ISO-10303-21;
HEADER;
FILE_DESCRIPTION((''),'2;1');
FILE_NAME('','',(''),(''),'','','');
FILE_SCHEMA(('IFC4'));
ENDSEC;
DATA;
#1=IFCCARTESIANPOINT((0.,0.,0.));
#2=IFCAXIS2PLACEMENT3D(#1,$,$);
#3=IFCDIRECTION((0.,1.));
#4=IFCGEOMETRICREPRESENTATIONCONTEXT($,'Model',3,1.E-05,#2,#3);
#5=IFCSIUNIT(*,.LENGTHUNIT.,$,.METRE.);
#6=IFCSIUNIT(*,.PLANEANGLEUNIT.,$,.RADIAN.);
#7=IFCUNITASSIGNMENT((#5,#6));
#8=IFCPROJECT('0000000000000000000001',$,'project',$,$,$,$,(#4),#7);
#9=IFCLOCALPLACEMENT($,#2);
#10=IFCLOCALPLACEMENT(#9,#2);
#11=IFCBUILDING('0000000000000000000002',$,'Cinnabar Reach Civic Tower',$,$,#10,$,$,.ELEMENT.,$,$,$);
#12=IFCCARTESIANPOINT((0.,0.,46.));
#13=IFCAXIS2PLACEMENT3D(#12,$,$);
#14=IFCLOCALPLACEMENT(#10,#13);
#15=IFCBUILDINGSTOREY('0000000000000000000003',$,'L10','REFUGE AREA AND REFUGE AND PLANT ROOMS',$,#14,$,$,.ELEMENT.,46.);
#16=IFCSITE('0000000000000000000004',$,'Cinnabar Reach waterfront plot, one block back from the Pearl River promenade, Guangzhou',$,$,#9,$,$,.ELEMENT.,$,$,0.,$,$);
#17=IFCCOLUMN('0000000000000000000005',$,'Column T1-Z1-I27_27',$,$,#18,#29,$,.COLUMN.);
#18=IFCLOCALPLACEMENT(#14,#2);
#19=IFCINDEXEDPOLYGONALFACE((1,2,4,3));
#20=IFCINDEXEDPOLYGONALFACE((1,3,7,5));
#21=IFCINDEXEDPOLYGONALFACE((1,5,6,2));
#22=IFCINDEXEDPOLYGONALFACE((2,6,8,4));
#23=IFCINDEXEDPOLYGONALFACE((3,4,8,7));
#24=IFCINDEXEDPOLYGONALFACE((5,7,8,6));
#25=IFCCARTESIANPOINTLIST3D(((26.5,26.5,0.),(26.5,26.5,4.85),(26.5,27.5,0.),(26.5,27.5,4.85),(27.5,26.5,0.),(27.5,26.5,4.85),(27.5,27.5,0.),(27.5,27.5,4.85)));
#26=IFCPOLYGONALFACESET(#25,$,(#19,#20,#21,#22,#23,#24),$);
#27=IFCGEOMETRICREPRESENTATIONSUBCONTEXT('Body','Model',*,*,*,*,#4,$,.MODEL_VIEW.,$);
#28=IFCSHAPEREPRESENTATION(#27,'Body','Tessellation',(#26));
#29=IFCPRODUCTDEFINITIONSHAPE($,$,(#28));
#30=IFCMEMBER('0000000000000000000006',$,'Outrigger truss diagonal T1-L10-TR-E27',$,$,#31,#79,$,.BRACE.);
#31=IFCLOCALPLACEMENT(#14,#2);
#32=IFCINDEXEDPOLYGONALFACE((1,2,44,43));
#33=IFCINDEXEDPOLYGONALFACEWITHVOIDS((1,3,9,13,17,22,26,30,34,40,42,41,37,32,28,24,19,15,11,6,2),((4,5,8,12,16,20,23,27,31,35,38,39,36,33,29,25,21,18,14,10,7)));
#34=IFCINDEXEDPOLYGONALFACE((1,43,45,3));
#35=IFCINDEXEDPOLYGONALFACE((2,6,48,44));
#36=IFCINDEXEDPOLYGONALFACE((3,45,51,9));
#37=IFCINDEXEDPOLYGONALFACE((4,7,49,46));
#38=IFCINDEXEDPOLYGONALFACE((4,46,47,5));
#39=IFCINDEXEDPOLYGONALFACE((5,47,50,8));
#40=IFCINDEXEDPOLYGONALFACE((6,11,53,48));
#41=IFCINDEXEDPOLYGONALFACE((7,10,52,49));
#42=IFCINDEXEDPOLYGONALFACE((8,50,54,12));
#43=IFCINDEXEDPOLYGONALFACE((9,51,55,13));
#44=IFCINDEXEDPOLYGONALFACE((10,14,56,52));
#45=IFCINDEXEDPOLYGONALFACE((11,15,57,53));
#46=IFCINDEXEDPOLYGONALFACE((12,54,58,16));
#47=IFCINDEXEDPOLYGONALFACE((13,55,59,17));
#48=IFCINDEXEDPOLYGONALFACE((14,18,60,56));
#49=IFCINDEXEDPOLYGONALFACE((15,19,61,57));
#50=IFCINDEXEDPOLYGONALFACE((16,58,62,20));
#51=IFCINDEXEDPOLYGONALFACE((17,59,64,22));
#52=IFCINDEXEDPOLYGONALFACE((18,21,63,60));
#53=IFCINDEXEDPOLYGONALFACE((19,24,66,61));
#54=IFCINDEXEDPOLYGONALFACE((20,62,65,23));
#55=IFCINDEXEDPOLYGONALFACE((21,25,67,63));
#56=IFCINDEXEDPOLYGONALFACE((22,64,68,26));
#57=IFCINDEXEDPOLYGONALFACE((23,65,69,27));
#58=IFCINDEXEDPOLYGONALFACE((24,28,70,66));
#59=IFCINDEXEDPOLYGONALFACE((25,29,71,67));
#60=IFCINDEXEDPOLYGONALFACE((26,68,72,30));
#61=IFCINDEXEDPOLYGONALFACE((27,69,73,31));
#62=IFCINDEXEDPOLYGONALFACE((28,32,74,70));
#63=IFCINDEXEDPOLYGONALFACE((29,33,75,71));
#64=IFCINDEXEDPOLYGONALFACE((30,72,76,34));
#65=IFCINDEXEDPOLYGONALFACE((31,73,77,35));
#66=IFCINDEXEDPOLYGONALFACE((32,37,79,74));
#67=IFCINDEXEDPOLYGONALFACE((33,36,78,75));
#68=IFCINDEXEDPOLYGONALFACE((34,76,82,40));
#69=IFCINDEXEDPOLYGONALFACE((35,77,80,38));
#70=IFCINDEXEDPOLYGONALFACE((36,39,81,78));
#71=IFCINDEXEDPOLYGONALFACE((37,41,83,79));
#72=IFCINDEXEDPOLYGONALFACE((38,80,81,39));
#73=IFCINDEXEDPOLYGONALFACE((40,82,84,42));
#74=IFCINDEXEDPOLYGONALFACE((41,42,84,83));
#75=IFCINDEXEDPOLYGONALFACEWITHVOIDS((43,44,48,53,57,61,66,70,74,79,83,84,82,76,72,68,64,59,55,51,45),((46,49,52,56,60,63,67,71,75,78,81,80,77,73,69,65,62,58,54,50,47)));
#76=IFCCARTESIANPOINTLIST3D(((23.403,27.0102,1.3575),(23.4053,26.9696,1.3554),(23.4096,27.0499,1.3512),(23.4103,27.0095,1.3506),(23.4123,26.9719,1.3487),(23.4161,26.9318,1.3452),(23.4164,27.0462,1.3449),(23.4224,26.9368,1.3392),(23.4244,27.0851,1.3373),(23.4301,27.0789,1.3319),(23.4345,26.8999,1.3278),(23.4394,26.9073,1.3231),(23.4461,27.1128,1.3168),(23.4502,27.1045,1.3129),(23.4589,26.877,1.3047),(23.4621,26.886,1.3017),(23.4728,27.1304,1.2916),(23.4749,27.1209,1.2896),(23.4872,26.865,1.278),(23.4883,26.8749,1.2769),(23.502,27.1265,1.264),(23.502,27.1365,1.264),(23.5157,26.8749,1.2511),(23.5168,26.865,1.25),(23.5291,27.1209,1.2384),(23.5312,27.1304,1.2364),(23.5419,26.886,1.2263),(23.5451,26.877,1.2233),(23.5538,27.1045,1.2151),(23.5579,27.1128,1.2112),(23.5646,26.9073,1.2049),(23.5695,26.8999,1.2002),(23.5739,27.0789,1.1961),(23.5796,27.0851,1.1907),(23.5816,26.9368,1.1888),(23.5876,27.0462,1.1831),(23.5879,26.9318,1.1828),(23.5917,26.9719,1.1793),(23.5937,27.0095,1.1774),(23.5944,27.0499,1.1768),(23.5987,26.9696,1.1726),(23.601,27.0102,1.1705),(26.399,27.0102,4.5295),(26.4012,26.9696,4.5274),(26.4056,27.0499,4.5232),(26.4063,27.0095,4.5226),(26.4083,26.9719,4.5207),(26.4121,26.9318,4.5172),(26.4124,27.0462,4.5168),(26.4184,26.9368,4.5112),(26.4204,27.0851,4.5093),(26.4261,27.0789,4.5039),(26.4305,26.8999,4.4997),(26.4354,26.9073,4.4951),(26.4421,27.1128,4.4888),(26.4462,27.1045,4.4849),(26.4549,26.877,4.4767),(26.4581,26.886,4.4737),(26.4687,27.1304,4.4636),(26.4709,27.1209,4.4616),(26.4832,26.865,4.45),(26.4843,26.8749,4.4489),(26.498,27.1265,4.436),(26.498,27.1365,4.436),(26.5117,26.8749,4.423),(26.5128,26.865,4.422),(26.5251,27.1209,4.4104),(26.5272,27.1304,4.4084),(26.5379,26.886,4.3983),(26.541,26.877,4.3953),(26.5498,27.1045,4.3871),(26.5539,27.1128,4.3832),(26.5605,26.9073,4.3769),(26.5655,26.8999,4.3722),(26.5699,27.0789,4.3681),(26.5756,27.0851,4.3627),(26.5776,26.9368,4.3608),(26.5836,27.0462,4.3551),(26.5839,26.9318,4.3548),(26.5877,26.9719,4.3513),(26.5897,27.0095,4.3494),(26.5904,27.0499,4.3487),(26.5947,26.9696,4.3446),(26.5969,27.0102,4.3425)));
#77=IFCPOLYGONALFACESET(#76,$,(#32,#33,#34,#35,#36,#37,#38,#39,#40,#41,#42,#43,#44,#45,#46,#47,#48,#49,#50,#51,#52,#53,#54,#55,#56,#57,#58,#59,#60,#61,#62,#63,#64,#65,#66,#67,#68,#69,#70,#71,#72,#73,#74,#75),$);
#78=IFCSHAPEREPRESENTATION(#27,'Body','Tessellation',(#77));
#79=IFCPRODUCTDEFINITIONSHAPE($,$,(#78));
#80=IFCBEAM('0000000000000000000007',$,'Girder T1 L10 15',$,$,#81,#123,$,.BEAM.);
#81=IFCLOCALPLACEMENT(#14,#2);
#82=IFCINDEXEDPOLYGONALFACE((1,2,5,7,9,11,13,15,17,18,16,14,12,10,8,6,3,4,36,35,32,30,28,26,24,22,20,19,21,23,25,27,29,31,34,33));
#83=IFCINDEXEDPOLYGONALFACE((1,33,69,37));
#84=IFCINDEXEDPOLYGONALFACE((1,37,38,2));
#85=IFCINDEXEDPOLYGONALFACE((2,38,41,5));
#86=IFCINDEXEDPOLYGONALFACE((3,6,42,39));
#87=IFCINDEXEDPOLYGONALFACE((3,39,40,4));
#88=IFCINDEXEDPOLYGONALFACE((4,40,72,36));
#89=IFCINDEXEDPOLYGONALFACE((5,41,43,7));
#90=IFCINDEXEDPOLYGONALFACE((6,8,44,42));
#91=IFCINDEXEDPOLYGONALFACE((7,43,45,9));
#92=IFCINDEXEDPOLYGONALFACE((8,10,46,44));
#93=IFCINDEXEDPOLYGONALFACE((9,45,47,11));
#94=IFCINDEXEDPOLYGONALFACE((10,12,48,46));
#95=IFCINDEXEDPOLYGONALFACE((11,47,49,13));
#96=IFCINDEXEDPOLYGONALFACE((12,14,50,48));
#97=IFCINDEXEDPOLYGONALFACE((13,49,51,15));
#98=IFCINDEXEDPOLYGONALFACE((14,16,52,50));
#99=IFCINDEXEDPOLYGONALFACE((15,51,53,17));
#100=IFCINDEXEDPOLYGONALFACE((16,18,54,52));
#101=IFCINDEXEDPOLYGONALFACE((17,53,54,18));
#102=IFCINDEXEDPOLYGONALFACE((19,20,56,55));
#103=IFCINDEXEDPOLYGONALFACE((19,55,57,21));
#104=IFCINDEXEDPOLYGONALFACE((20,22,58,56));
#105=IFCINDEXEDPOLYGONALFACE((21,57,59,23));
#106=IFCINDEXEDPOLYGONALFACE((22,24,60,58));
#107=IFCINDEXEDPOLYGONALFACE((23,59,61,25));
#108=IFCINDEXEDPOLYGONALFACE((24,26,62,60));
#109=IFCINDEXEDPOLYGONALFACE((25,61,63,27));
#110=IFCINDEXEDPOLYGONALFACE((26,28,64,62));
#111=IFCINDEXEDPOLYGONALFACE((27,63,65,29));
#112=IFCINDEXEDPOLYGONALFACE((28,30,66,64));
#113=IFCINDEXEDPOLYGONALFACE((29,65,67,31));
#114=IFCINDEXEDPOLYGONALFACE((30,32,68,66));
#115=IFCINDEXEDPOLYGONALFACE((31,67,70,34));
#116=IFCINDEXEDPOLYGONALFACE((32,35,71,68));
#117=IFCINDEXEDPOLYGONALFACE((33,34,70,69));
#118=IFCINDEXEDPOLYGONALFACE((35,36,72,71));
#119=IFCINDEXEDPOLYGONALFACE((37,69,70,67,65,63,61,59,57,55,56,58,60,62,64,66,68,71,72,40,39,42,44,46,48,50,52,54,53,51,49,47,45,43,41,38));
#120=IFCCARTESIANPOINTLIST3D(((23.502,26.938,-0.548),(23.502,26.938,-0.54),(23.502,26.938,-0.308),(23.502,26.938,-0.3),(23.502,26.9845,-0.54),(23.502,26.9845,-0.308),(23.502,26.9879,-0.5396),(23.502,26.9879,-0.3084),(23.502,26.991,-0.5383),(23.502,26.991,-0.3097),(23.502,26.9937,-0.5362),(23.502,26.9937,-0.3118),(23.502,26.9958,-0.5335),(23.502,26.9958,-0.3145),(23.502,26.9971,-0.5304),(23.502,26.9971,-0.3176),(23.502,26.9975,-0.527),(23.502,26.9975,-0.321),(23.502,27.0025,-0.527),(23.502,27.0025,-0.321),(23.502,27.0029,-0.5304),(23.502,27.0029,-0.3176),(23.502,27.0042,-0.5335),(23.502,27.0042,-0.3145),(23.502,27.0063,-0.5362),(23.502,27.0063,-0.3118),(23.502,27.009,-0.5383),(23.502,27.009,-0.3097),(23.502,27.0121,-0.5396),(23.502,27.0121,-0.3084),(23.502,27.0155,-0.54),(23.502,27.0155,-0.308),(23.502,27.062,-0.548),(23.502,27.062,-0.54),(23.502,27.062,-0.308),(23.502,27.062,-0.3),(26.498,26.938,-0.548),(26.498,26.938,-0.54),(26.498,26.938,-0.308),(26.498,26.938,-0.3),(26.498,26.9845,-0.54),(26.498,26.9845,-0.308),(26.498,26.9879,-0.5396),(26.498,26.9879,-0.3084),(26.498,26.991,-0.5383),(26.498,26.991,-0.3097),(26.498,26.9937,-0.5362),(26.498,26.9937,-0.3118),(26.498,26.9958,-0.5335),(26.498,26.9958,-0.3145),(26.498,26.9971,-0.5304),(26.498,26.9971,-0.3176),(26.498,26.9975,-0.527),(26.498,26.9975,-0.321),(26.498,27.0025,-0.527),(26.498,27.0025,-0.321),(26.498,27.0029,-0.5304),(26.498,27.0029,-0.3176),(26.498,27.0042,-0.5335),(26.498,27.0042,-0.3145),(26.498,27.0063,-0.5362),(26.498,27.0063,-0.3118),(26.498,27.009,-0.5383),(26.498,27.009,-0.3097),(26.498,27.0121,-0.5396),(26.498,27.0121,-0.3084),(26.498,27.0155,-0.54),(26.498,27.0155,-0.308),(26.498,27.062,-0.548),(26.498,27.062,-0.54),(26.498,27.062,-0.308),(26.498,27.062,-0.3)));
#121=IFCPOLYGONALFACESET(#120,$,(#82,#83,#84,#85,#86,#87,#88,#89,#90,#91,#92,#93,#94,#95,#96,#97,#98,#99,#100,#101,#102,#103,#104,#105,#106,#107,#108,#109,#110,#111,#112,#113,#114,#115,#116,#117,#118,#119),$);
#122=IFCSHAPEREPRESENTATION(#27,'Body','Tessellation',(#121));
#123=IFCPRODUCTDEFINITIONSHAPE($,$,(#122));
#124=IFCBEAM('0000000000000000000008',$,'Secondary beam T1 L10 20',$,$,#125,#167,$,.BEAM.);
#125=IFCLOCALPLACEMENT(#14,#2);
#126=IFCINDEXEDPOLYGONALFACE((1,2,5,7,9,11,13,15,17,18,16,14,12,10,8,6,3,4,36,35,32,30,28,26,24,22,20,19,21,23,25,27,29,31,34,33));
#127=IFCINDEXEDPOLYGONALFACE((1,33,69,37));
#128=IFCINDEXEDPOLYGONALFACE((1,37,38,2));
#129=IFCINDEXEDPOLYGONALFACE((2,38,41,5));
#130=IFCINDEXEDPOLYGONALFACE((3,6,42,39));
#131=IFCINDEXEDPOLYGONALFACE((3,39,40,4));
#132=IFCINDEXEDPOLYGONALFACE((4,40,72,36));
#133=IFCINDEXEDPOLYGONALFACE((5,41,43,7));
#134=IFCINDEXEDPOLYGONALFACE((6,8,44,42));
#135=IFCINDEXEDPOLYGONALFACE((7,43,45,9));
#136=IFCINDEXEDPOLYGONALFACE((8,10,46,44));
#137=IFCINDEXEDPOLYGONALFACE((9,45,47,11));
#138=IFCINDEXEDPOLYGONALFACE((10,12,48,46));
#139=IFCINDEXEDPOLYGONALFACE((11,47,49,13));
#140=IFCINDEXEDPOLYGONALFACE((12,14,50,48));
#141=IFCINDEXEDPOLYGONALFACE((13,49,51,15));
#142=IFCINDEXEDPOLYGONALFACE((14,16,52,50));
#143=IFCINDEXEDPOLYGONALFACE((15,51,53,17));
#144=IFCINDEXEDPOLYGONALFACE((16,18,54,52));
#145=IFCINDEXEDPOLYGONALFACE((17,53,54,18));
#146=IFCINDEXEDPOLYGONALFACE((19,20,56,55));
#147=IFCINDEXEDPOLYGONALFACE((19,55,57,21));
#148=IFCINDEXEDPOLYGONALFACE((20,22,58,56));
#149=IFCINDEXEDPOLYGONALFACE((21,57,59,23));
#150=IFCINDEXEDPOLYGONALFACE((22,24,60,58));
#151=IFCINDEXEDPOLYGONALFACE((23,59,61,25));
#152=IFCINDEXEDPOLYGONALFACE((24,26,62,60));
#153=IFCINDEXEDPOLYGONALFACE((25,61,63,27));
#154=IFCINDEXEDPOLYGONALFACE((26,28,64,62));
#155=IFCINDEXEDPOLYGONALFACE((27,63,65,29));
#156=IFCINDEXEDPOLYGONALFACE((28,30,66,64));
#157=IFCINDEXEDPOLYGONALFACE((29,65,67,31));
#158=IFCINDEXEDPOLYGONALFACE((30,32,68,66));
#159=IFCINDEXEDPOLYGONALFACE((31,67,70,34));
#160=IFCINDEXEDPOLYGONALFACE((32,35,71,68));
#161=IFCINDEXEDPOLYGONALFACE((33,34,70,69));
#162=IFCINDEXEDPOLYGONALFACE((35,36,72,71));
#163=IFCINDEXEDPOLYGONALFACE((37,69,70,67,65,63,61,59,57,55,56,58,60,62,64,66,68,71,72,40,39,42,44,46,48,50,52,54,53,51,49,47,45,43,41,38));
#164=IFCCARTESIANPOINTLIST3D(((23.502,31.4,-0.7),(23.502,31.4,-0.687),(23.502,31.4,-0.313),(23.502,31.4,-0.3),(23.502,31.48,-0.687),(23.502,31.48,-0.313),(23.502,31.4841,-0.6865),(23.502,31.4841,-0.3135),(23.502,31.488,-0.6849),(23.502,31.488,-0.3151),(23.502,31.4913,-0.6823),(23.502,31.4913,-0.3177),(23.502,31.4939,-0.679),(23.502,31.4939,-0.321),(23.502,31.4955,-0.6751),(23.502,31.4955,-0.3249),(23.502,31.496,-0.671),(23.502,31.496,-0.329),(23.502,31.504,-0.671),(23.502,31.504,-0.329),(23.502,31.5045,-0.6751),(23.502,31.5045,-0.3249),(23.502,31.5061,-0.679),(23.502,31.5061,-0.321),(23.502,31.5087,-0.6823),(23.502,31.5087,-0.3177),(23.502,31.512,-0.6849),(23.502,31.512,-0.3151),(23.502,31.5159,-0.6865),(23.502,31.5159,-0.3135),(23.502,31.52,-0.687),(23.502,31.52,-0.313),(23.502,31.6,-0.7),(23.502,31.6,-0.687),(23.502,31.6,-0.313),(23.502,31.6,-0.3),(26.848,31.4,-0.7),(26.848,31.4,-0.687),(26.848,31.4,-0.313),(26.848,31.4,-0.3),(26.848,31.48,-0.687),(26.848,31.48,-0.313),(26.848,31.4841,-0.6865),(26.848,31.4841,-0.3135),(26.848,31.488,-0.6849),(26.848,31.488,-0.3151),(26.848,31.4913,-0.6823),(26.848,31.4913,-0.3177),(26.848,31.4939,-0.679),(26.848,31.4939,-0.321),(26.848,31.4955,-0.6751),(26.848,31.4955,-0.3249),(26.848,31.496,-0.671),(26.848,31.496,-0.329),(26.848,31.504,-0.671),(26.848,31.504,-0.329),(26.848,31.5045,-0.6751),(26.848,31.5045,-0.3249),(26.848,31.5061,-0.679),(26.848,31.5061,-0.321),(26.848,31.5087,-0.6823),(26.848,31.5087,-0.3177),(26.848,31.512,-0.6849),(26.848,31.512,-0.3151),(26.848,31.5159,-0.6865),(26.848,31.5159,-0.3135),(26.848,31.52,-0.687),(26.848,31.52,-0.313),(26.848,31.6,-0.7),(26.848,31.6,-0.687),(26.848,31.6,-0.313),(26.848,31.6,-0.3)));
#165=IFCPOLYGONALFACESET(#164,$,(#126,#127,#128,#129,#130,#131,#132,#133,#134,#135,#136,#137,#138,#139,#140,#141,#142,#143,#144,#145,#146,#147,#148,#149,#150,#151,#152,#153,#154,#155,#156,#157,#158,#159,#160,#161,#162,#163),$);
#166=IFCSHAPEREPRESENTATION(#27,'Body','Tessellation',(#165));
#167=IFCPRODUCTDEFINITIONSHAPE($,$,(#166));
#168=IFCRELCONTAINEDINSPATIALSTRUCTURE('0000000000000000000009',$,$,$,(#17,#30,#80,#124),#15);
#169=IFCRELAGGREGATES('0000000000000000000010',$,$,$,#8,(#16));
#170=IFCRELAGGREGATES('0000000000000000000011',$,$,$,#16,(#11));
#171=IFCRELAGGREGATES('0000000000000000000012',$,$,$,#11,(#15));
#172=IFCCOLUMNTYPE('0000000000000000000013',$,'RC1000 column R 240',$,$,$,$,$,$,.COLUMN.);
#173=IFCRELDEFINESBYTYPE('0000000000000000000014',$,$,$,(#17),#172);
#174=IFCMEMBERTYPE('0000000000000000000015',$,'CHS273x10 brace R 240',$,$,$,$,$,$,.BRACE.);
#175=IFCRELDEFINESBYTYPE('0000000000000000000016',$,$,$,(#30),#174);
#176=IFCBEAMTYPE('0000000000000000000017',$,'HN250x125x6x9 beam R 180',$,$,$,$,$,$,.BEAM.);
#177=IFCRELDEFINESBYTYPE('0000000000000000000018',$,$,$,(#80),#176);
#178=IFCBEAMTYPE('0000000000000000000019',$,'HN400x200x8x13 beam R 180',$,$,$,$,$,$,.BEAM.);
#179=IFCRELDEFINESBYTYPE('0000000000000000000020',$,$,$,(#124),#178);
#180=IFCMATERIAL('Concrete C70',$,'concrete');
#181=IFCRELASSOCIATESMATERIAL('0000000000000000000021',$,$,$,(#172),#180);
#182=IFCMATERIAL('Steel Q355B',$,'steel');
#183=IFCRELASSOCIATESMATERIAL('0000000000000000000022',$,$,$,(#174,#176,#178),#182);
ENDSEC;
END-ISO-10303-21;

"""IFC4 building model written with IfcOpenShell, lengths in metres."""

from ifc_helpers import new_model, si_unit, direction, frame, origin, origin_2d, place, context, subcontext, project, spatial, rectangle, hollow_circle, i_section, extrude, material, material_profile, profile_set, type_object, element, save


model = new_model("IFC4")

# Units and contexts
model_context = context("Model", 3, precision=1e-05, world=origin(), true_north=direction((0.0, 1.0)))
body_context = subcontext(model_context, "Body", "Model", "MODEL_VIEW")
ifc_project = project(units=[si_unit("LENGTHUNIT", "METRE"), si_unit("PLANEANGLEUNIT", "RADIAN")], contexts=[model_context])

# Site, building, storey
site_placement = place(None, origin())
site = spatial("IfcSite", under=ifc_project, at=site_placement, Name="Cinnabar Reach waterfront plot, one block back from the Pearl River promenade, Guangzhou", CompositionType="ELEMENT", RefElevation=0.0)
building_placement = place(site_placement, origin())
building = spatial("IfcBuilding", under=site, at=building_placement, Name="Cinnabar Reach Civic Tower", CompositionType="ELEMENT")
storey_placement = place(building_placement, frame((0.0, 0.0, 46.0)))
storey = spatial("IfcBuildingStorey", under=building, at=storey_placement, Name="L10", Description="REFUGE AREA AND REFUGE AND PLANT ROOMS", CompositionType="ELEMENT", Elevation=46.0)

# Column
ifc_material_1 = material(Name="Concrete C70", Category="concrete")
ifc_material_profile_1 = material_profile(ifc_material_1, rectangle(XDim=1.0, YDim=1.0, at=origin_2d()), Name="RC1000")
ifc_profile_set_1 = profile_set([ifc_material_profile_1], Name="Concrete C70")
column_type = type_object("IfcColumnType", Name="RC1000 column R 240", PredefinedType="COLUMN", material=ifc_profile_set_1)
column_placement = place(storey_placement, frame((27.0, 27.0, 0.0), z_axis=(0.0, 0.0, 1.0), x_axis=(1.0, 0.0, 0.0)))
element("IfcColumn", 1, at=column_placement, inside=storey, type_object=column_type, Name="Column T1-Z1-I27_27", PredefinedType="COLUMN", context=body_context, shape_type="SweptSolid", body=[
    extrude(rectangle(XDim=1.0, YDim=1.0, at=origin_2d()), origin(), (0.0, 0.0, 1.0), 4.85),
])

# Member
ifc_material_2 = material(Name="Steel Q355B", Category="steel")
ifc_material_profile_2 = material_profile(ifc_material_2, hollow_circle(Radius=0.1365, WallThickness=0.01, at=origin_2d()), Name="CHS273x10")
ifc_profile_set_2 = profile_set([ifc_material_profile_2], Name="Steel Q355B")
member_type_1 = type_object("IfcMemberType", Name="CHS273x10 brace R 240", PredefinedType="BRACE", material=ifc_profile_set_2)
member_placement = place(storey_placement, frame((23.502, 27.0, 1.264), z_axis=(0.68665, 0.0, 0.726988), x_axis=(0.0, 1.0, 0.0)))
element("IfcMember", 2, at=member_placement, inside=storey, type_object=member_type_1, Name="Outrigger truss diagonal T1-L10-TR-E27", PredefinedType="BRACE", context=body_context, shape_type="SweptSolid", body=[
    extrude(hollow_circle(Radius=0.1365, WallThickness=0.01, at=origin_2d()), origin(), (0.0, 0.0, 1.0), 4.3632),
])

# Beams
ifc_material_profile_3 = material_profile(ifc_material_2, i_section(OverallWidth=0.124, OverallDepth=0.248, WebThickness=0.005, FlangeThickness=0.008, FilletRadius=0.013, at=origin_2d()), Name="HN250x125x6x9")
ifc_profile_set_3 = profile_set([ifc_material_profile_3], Name="Steel Q355B")
beam_type_1 = type_object("IfcBeamType", Name="HN250x125x6x9 beam R 180", PredefinedType="BEAM", material=ifc_profile_set_3)
beam_1_placement = place(storey_placement, frame((23.502, 27.0, -0.424), z_axis=(1.0, 0.0, 0.0), x_axis=(0.0, 1.0, 0.0)))
element("IfcBeam", 3, at=beam_1_placement, inside=storey, type_object=beam_type_1, Name="Girder T1 L10 15", PredefinedType="BEAM", context=body_context, shape_type="SweptSolid", body=[
    extrude(i_section(OverallWidth=0.124, OverallDepth=0.248, WebThickness=0.005, FlangeThickness=0.008, FilletRadius=0.013, at=origin_2d()), origin(), (0.0, 0.0, 1.0), 2.996),
])
ifc_material_profile_4 = material_profile(ifc_material_2, i_section(OverallWidth=0.2, OverallDepth=0.4, WebThickness=0.008, FlangeThickness=0.013, FilletRadius=0.016, at=origin_2d()), Name="HN400x200x8x13")
ifc_profile_set_4 = profile_set([ifc_material_profile_4], Name="Steel Q355B")
beam_type_2 = type_object("IfcBeamType", Name="HN400x200x8x13 beam R 180", PredefinedType="BEAM", material=ifc_profile_set_4)
beam_2_placement = place(storey_placement, frame((23.502, 31.5, -0.5), z_axis=(1.0, 0.0, 0.0), x_axis=(0.0, 1.0, 0.0)))
element("IfcBeam", 4, at=beam_2_placement, inside=storey, type_object=beam_type_2, Name="Secondary beam T1 L10 20", PredefinedType="BEAM", context=body_context, shape_type="SweptSolid", body=[
    extrude(i_section(OverallWidth=0.2, OverallDepth=0.4, WebThickness=0.008, FlangeThickness=0.013, FilletRadius=0.016, at=origin_2d()), origin(), (0.0, 0.0, 1.0), 3.346),
])

save(model, "model.ifc")
